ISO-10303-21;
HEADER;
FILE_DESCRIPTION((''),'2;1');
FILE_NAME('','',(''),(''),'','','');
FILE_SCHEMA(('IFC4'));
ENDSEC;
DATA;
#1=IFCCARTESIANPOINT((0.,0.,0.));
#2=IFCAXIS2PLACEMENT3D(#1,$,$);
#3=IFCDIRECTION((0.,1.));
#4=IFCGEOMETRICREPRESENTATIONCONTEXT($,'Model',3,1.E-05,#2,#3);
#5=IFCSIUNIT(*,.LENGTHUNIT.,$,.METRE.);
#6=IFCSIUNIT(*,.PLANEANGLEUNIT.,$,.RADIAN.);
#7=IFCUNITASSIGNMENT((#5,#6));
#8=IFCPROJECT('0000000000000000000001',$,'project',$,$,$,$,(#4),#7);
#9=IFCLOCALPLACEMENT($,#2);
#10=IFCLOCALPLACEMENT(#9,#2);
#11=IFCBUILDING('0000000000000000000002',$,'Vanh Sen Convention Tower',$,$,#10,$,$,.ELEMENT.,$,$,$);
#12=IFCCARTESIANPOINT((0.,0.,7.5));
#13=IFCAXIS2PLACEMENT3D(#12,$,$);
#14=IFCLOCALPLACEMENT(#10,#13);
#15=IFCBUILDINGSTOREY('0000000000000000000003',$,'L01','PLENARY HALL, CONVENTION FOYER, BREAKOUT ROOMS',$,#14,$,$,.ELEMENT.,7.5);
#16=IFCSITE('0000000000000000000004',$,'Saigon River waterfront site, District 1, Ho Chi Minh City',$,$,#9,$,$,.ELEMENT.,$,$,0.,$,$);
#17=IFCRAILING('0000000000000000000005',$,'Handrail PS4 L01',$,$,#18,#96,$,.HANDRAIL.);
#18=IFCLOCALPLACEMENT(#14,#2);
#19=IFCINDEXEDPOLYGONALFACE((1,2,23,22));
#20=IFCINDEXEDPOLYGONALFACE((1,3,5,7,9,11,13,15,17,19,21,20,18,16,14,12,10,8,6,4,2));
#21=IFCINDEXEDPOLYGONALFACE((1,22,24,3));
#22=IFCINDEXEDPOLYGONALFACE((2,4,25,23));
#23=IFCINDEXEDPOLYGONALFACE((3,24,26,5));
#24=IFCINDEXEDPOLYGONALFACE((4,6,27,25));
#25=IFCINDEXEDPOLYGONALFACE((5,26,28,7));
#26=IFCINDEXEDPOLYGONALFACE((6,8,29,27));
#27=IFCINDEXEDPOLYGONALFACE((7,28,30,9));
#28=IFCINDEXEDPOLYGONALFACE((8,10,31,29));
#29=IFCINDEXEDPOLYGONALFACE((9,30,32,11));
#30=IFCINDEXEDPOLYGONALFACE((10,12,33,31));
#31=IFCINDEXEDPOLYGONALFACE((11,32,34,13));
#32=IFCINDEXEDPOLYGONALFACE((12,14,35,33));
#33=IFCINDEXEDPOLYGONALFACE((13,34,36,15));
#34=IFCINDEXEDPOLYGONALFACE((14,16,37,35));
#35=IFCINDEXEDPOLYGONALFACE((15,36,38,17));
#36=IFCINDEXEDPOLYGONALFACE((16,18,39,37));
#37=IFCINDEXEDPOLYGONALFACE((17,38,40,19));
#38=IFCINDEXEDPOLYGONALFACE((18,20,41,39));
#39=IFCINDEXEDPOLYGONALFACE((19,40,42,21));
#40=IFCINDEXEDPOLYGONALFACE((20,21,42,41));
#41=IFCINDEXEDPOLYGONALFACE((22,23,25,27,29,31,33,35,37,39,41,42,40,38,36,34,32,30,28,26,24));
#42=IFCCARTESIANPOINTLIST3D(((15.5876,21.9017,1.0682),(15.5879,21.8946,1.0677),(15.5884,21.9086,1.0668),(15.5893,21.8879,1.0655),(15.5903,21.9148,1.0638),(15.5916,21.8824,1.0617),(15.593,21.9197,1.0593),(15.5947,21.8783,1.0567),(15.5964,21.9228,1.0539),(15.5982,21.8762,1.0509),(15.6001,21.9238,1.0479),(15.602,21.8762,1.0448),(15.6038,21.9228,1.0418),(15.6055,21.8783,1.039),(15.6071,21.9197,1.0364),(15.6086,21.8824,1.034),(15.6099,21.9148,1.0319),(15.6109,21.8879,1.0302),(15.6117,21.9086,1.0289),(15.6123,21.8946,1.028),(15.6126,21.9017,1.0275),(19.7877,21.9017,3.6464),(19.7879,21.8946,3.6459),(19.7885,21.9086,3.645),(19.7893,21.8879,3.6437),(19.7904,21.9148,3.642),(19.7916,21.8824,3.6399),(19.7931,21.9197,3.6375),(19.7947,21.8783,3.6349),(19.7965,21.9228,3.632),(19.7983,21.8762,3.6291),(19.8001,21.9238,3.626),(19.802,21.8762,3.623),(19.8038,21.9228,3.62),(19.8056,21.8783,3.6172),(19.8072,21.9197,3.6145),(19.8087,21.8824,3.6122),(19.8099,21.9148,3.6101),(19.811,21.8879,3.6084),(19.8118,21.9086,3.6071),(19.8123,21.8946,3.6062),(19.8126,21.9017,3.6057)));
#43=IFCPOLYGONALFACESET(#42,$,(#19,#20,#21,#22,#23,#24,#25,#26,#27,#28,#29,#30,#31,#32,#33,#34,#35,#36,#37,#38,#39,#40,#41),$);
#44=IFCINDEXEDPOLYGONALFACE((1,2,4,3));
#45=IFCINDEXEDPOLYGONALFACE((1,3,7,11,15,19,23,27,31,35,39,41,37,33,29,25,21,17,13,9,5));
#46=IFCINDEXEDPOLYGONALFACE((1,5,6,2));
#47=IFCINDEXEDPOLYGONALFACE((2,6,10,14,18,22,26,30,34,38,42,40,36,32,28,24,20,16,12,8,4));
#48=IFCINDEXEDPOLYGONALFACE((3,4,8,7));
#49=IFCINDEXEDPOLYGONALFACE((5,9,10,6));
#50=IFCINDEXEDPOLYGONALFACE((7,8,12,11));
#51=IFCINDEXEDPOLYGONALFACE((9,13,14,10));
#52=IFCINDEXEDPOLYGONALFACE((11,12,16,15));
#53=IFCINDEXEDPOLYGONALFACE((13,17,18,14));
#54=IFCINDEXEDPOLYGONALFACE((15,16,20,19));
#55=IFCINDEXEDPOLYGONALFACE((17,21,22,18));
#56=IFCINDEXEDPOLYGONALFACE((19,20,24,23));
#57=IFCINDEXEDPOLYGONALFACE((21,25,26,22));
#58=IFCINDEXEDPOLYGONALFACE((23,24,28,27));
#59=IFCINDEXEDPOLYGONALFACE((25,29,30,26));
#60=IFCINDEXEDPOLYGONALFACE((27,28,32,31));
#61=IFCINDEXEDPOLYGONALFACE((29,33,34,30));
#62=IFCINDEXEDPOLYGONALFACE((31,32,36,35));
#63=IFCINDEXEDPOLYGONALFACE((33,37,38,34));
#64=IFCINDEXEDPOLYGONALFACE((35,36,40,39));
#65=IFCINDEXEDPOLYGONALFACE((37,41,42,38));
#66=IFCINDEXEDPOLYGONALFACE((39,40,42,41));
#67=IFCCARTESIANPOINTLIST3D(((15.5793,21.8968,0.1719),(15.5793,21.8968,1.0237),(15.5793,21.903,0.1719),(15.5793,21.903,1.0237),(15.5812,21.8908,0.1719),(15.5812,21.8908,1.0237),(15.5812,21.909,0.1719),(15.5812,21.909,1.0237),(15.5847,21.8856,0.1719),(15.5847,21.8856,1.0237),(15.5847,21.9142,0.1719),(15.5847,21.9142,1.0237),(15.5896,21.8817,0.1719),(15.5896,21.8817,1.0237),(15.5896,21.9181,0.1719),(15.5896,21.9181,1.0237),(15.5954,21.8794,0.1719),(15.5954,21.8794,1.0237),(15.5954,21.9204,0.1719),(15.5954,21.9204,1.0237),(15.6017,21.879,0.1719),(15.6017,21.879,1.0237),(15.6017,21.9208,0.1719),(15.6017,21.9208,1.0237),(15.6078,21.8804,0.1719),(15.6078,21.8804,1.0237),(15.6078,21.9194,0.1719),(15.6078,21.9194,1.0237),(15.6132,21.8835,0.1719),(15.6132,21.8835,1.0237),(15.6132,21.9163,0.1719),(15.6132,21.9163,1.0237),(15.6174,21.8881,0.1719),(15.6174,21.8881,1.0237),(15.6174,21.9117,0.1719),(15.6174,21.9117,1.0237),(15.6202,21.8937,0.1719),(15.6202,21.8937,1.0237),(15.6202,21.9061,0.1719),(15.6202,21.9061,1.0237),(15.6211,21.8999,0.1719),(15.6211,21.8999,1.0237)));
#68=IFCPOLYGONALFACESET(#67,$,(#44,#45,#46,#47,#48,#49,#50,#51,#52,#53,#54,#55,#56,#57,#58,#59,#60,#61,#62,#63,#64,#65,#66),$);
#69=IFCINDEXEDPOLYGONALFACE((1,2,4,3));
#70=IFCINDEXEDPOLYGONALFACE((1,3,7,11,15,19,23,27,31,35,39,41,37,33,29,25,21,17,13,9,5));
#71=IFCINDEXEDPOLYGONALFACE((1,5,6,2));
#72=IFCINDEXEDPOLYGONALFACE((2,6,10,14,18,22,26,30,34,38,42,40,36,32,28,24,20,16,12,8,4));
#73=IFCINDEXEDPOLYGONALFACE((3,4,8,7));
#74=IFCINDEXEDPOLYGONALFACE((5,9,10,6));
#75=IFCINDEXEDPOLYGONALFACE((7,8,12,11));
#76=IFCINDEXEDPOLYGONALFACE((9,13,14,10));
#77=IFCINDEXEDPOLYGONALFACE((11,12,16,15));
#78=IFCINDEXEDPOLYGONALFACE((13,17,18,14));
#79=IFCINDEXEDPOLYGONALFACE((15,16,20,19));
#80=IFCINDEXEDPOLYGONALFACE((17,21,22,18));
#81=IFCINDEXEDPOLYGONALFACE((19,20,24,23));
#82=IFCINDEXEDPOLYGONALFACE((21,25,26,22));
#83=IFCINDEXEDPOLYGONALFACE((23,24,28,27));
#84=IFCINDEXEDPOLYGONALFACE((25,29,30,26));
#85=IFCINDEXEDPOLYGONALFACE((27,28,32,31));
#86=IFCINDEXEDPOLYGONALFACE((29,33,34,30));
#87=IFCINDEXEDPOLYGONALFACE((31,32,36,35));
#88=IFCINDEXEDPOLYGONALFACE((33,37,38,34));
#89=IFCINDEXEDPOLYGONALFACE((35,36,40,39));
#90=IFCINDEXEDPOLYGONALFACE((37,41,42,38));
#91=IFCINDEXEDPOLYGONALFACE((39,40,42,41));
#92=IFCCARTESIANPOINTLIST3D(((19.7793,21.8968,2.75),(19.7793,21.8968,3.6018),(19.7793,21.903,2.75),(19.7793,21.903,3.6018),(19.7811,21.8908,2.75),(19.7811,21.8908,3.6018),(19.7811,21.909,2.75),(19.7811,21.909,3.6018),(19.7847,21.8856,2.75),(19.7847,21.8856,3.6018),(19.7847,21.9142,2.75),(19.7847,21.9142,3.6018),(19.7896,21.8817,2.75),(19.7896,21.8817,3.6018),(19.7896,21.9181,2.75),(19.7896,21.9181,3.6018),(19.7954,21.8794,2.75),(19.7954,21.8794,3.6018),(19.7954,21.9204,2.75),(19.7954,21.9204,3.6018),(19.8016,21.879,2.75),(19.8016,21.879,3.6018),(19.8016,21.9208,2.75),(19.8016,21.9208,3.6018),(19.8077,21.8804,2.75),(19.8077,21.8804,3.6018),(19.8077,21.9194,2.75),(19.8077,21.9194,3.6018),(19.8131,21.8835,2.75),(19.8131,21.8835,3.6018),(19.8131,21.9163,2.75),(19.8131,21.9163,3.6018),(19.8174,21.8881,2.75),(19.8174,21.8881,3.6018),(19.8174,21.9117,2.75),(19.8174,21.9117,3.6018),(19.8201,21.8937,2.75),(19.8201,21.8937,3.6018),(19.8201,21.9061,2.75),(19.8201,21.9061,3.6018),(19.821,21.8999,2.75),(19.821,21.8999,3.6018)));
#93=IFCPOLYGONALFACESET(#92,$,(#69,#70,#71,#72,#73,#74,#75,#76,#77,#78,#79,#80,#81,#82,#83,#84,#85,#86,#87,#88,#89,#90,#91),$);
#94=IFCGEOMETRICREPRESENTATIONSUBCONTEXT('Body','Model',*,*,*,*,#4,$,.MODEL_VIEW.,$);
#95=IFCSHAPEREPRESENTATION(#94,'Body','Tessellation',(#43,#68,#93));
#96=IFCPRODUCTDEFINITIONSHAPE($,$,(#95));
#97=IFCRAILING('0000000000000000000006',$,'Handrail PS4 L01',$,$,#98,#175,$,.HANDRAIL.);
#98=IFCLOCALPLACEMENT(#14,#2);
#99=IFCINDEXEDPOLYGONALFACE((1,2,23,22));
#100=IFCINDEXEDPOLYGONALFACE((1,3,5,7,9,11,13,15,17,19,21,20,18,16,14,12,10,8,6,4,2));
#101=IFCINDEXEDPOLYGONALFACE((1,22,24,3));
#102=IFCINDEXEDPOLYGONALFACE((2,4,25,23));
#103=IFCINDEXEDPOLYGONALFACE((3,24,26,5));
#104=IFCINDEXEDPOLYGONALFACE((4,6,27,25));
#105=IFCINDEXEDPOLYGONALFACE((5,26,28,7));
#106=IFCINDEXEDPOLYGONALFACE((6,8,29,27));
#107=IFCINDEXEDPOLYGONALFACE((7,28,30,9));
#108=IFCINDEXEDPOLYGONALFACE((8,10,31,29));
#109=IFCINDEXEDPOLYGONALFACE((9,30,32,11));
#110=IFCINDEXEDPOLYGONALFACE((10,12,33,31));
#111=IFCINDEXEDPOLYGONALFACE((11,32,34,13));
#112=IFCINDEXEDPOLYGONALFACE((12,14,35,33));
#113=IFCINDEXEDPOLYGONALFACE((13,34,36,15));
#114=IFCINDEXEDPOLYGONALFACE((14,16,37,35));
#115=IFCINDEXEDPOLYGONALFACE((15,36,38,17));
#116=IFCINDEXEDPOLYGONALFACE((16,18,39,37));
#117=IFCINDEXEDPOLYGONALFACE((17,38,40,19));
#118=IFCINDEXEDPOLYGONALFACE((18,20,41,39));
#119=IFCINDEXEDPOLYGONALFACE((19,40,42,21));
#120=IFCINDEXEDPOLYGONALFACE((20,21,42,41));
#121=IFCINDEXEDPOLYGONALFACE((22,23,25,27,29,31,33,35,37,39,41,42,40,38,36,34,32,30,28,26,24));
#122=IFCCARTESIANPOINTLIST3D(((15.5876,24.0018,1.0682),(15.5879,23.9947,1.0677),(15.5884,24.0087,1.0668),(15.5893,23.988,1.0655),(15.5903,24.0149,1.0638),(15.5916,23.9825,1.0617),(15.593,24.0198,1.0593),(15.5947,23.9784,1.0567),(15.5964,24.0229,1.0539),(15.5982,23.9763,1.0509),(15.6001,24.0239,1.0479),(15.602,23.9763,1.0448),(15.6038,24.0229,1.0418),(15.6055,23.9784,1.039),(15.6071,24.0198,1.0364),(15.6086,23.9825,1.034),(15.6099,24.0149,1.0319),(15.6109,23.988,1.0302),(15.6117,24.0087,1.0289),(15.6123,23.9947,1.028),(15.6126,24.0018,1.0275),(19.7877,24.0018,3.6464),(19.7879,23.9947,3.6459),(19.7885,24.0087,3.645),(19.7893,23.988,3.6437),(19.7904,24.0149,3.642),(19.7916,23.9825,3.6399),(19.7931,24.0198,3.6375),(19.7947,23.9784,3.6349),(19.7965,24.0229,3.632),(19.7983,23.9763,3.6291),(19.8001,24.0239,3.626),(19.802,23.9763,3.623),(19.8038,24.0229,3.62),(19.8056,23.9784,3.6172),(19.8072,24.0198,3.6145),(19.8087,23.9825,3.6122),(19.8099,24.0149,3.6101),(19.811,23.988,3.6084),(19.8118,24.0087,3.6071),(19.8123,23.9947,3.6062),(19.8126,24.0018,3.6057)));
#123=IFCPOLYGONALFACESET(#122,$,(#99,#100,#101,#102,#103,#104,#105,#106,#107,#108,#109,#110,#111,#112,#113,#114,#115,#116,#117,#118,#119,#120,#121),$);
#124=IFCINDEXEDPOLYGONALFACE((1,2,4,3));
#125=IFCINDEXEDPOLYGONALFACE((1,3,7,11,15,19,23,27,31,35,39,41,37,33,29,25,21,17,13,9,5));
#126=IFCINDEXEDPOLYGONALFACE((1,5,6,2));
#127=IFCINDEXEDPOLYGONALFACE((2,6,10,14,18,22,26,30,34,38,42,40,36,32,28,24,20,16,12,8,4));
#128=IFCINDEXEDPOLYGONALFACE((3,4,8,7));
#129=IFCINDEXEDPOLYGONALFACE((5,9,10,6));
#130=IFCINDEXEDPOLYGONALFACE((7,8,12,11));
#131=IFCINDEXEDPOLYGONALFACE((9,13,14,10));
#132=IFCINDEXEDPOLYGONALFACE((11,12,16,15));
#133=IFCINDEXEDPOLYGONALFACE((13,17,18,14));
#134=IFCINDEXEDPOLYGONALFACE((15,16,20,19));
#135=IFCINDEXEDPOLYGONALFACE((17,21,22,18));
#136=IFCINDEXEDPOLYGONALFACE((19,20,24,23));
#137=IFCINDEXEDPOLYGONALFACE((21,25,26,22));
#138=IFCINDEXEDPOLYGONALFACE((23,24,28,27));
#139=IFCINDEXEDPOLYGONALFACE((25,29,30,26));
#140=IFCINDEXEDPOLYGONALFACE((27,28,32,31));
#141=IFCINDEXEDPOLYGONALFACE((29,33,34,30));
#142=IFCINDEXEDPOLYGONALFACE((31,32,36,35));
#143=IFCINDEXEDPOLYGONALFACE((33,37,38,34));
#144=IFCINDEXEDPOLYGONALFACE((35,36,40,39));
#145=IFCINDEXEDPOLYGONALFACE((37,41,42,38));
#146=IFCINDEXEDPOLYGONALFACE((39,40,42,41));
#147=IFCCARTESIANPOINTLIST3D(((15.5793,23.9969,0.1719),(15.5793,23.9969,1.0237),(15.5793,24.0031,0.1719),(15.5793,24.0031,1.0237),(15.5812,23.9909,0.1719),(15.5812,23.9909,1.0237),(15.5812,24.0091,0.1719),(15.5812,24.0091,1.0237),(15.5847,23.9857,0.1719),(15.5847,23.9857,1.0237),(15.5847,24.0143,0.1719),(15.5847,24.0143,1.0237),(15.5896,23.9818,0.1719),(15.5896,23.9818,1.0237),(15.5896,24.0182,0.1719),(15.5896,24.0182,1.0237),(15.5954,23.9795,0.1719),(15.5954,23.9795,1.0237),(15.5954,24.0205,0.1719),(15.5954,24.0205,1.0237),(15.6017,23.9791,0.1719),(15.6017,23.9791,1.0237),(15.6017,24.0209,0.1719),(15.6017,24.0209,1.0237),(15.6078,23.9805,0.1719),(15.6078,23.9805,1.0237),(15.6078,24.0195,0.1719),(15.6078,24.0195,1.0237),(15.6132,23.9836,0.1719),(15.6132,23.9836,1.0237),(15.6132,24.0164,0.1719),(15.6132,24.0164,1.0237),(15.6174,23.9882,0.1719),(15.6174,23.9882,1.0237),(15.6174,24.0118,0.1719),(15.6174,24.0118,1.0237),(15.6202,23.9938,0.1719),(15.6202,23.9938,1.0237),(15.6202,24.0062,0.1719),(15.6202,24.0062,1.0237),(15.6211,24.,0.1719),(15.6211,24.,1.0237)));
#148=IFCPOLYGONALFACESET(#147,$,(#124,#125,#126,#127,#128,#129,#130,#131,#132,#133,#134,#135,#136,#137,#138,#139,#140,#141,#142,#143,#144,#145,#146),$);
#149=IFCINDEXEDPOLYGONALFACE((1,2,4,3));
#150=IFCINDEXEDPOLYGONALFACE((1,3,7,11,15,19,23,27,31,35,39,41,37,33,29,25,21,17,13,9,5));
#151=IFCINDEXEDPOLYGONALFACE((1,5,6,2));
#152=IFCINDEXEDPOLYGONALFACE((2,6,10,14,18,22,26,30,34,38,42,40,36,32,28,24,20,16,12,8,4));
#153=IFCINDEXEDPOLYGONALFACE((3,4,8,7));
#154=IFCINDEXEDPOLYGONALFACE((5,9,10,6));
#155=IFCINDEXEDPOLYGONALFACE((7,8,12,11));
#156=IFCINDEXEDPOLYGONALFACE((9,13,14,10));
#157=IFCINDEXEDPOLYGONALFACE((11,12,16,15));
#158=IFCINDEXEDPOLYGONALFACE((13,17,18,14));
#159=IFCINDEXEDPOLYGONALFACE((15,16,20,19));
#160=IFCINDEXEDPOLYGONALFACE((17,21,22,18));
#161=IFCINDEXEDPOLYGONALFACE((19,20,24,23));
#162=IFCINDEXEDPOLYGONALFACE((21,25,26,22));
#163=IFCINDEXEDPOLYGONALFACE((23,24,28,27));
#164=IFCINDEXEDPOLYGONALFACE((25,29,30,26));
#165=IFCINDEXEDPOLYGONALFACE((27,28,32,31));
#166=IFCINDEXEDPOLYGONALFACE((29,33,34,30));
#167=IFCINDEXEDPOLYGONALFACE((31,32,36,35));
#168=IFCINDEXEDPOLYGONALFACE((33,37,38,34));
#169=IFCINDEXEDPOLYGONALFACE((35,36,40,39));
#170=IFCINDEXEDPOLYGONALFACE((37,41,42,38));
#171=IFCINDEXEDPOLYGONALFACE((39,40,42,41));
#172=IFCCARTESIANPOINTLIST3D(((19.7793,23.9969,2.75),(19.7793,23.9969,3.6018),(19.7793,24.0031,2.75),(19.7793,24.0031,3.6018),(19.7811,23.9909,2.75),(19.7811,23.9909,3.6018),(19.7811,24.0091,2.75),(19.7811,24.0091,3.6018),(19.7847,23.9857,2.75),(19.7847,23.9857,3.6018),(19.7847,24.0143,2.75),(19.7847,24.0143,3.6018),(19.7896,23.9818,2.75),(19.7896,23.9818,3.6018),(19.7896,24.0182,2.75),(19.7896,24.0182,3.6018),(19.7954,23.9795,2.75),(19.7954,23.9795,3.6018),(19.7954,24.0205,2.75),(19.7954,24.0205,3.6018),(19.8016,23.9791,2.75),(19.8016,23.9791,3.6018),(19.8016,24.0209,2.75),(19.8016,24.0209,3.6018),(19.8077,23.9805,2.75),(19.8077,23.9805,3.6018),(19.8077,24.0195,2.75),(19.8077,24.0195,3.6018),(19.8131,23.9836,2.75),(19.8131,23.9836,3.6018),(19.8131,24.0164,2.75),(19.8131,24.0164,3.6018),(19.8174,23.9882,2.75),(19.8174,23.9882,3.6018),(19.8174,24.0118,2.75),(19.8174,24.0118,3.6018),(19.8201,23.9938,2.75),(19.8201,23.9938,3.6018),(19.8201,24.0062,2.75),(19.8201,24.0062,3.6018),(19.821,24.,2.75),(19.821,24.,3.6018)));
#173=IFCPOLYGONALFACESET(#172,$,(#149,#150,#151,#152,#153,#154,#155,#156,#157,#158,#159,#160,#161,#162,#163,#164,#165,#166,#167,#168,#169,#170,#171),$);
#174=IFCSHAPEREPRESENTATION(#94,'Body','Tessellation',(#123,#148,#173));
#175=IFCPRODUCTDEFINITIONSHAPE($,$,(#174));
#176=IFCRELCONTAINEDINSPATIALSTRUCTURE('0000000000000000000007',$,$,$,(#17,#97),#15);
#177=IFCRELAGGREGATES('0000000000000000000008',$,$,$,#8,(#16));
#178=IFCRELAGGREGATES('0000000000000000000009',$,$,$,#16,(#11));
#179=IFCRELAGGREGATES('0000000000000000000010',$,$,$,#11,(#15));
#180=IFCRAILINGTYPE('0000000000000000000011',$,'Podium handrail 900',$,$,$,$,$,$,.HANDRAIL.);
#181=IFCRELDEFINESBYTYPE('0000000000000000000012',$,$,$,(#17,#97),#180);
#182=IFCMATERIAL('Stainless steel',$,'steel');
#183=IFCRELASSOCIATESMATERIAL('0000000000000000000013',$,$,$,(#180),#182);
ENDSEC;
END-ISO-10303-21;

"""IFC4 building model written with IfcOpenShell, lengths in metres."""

from ifc_helpers import new_model, si_unit, direction, frame, origin, origin_2d, place, context, subcontext, project, spatial, circle, extrude, material, type_object, element, save


model = new_model("IFC4")

# Units and contexts
model_context = context("Model", 3, precision=1e-05, world=origin(), true_north=direction((0.0, 1.0)))
body_context = subcontext(model_context, "Body", "Model", "MODEL_VIEW")
ifc_project = project(units=[si_unit("LENGTHUNIT", "METRE"), si_unit("PLANEANGLEUNIT", "RADIAN")], contexts=[model_context])

# Site, building, storey
site_placement = place(None, origin())
site = spatial("IfcSite", under=ifc_project, at=site_placement, Name="Saigon River waterfront site, District 1, Ho Chi Minh City", CompositionType="ELEMENT", RefElevation=0.0)
building_placement = place(site_placement, origin())
building = spatial("IfcBuilding", under=site, at=building_placement, Name="Vanh Sen Convention Tower", CompositionType="ELEMENT")
storey_placement = place(building_placement, frame((0.0, 0.0, 7.5)))
storey = spatial("IfcBuildingStorey", under=building, at=storey_placement, Name="L01", Description="PLENARY HALL, CONVENTION FOYER, BREAKOUT ROOMS", CompositionType="ELEMENT", Elevation=7.5)

# Railings
ifc_material_1 = material(Name="Stainless steel", Category="steel")
railing_type = type_object("IfcRailingType", Name="Podium handrail 900", PredefinedType="HANDRAIL", material=ifc_material_1)
for number, where, name in (
    (1, (15.6001, 21.8999, 0.1719), "Handrail PS4 L01"),
    (2, (15.6001, 24.0, 0.1719), "Handrail PS4 L01"),
):
    element("IfcRailing", number, at=place(storey_placement, frame(where)), inside=storey, type_object=railing_type, Name=name, PredefinedType="HANDRAIL", context=body_context, shape_type="SweptSolid", body=[
        extrude(circle(Radius=0.0239, at=origin_2d()), frame((0.0, 0.0, 0.876), z_axis=(0.852243, 0.0, 0.523146), x_axis=(0.0, 1.0, 0.0)), (0.0, 0.0, 1.0), 4.9282),
        extrude(circle(Radius=0.021, at=origin_2d()), origin(), (0.0, 0.0, 1.0), 0.8518),
        extrude(circle(Radius=0.021, at=origin_2d()), frame((4.2, 0.0, 2.5781)), (0.0, 0.0, 1.0), 0.8518),
    ])

save(model, "model.ifc")
